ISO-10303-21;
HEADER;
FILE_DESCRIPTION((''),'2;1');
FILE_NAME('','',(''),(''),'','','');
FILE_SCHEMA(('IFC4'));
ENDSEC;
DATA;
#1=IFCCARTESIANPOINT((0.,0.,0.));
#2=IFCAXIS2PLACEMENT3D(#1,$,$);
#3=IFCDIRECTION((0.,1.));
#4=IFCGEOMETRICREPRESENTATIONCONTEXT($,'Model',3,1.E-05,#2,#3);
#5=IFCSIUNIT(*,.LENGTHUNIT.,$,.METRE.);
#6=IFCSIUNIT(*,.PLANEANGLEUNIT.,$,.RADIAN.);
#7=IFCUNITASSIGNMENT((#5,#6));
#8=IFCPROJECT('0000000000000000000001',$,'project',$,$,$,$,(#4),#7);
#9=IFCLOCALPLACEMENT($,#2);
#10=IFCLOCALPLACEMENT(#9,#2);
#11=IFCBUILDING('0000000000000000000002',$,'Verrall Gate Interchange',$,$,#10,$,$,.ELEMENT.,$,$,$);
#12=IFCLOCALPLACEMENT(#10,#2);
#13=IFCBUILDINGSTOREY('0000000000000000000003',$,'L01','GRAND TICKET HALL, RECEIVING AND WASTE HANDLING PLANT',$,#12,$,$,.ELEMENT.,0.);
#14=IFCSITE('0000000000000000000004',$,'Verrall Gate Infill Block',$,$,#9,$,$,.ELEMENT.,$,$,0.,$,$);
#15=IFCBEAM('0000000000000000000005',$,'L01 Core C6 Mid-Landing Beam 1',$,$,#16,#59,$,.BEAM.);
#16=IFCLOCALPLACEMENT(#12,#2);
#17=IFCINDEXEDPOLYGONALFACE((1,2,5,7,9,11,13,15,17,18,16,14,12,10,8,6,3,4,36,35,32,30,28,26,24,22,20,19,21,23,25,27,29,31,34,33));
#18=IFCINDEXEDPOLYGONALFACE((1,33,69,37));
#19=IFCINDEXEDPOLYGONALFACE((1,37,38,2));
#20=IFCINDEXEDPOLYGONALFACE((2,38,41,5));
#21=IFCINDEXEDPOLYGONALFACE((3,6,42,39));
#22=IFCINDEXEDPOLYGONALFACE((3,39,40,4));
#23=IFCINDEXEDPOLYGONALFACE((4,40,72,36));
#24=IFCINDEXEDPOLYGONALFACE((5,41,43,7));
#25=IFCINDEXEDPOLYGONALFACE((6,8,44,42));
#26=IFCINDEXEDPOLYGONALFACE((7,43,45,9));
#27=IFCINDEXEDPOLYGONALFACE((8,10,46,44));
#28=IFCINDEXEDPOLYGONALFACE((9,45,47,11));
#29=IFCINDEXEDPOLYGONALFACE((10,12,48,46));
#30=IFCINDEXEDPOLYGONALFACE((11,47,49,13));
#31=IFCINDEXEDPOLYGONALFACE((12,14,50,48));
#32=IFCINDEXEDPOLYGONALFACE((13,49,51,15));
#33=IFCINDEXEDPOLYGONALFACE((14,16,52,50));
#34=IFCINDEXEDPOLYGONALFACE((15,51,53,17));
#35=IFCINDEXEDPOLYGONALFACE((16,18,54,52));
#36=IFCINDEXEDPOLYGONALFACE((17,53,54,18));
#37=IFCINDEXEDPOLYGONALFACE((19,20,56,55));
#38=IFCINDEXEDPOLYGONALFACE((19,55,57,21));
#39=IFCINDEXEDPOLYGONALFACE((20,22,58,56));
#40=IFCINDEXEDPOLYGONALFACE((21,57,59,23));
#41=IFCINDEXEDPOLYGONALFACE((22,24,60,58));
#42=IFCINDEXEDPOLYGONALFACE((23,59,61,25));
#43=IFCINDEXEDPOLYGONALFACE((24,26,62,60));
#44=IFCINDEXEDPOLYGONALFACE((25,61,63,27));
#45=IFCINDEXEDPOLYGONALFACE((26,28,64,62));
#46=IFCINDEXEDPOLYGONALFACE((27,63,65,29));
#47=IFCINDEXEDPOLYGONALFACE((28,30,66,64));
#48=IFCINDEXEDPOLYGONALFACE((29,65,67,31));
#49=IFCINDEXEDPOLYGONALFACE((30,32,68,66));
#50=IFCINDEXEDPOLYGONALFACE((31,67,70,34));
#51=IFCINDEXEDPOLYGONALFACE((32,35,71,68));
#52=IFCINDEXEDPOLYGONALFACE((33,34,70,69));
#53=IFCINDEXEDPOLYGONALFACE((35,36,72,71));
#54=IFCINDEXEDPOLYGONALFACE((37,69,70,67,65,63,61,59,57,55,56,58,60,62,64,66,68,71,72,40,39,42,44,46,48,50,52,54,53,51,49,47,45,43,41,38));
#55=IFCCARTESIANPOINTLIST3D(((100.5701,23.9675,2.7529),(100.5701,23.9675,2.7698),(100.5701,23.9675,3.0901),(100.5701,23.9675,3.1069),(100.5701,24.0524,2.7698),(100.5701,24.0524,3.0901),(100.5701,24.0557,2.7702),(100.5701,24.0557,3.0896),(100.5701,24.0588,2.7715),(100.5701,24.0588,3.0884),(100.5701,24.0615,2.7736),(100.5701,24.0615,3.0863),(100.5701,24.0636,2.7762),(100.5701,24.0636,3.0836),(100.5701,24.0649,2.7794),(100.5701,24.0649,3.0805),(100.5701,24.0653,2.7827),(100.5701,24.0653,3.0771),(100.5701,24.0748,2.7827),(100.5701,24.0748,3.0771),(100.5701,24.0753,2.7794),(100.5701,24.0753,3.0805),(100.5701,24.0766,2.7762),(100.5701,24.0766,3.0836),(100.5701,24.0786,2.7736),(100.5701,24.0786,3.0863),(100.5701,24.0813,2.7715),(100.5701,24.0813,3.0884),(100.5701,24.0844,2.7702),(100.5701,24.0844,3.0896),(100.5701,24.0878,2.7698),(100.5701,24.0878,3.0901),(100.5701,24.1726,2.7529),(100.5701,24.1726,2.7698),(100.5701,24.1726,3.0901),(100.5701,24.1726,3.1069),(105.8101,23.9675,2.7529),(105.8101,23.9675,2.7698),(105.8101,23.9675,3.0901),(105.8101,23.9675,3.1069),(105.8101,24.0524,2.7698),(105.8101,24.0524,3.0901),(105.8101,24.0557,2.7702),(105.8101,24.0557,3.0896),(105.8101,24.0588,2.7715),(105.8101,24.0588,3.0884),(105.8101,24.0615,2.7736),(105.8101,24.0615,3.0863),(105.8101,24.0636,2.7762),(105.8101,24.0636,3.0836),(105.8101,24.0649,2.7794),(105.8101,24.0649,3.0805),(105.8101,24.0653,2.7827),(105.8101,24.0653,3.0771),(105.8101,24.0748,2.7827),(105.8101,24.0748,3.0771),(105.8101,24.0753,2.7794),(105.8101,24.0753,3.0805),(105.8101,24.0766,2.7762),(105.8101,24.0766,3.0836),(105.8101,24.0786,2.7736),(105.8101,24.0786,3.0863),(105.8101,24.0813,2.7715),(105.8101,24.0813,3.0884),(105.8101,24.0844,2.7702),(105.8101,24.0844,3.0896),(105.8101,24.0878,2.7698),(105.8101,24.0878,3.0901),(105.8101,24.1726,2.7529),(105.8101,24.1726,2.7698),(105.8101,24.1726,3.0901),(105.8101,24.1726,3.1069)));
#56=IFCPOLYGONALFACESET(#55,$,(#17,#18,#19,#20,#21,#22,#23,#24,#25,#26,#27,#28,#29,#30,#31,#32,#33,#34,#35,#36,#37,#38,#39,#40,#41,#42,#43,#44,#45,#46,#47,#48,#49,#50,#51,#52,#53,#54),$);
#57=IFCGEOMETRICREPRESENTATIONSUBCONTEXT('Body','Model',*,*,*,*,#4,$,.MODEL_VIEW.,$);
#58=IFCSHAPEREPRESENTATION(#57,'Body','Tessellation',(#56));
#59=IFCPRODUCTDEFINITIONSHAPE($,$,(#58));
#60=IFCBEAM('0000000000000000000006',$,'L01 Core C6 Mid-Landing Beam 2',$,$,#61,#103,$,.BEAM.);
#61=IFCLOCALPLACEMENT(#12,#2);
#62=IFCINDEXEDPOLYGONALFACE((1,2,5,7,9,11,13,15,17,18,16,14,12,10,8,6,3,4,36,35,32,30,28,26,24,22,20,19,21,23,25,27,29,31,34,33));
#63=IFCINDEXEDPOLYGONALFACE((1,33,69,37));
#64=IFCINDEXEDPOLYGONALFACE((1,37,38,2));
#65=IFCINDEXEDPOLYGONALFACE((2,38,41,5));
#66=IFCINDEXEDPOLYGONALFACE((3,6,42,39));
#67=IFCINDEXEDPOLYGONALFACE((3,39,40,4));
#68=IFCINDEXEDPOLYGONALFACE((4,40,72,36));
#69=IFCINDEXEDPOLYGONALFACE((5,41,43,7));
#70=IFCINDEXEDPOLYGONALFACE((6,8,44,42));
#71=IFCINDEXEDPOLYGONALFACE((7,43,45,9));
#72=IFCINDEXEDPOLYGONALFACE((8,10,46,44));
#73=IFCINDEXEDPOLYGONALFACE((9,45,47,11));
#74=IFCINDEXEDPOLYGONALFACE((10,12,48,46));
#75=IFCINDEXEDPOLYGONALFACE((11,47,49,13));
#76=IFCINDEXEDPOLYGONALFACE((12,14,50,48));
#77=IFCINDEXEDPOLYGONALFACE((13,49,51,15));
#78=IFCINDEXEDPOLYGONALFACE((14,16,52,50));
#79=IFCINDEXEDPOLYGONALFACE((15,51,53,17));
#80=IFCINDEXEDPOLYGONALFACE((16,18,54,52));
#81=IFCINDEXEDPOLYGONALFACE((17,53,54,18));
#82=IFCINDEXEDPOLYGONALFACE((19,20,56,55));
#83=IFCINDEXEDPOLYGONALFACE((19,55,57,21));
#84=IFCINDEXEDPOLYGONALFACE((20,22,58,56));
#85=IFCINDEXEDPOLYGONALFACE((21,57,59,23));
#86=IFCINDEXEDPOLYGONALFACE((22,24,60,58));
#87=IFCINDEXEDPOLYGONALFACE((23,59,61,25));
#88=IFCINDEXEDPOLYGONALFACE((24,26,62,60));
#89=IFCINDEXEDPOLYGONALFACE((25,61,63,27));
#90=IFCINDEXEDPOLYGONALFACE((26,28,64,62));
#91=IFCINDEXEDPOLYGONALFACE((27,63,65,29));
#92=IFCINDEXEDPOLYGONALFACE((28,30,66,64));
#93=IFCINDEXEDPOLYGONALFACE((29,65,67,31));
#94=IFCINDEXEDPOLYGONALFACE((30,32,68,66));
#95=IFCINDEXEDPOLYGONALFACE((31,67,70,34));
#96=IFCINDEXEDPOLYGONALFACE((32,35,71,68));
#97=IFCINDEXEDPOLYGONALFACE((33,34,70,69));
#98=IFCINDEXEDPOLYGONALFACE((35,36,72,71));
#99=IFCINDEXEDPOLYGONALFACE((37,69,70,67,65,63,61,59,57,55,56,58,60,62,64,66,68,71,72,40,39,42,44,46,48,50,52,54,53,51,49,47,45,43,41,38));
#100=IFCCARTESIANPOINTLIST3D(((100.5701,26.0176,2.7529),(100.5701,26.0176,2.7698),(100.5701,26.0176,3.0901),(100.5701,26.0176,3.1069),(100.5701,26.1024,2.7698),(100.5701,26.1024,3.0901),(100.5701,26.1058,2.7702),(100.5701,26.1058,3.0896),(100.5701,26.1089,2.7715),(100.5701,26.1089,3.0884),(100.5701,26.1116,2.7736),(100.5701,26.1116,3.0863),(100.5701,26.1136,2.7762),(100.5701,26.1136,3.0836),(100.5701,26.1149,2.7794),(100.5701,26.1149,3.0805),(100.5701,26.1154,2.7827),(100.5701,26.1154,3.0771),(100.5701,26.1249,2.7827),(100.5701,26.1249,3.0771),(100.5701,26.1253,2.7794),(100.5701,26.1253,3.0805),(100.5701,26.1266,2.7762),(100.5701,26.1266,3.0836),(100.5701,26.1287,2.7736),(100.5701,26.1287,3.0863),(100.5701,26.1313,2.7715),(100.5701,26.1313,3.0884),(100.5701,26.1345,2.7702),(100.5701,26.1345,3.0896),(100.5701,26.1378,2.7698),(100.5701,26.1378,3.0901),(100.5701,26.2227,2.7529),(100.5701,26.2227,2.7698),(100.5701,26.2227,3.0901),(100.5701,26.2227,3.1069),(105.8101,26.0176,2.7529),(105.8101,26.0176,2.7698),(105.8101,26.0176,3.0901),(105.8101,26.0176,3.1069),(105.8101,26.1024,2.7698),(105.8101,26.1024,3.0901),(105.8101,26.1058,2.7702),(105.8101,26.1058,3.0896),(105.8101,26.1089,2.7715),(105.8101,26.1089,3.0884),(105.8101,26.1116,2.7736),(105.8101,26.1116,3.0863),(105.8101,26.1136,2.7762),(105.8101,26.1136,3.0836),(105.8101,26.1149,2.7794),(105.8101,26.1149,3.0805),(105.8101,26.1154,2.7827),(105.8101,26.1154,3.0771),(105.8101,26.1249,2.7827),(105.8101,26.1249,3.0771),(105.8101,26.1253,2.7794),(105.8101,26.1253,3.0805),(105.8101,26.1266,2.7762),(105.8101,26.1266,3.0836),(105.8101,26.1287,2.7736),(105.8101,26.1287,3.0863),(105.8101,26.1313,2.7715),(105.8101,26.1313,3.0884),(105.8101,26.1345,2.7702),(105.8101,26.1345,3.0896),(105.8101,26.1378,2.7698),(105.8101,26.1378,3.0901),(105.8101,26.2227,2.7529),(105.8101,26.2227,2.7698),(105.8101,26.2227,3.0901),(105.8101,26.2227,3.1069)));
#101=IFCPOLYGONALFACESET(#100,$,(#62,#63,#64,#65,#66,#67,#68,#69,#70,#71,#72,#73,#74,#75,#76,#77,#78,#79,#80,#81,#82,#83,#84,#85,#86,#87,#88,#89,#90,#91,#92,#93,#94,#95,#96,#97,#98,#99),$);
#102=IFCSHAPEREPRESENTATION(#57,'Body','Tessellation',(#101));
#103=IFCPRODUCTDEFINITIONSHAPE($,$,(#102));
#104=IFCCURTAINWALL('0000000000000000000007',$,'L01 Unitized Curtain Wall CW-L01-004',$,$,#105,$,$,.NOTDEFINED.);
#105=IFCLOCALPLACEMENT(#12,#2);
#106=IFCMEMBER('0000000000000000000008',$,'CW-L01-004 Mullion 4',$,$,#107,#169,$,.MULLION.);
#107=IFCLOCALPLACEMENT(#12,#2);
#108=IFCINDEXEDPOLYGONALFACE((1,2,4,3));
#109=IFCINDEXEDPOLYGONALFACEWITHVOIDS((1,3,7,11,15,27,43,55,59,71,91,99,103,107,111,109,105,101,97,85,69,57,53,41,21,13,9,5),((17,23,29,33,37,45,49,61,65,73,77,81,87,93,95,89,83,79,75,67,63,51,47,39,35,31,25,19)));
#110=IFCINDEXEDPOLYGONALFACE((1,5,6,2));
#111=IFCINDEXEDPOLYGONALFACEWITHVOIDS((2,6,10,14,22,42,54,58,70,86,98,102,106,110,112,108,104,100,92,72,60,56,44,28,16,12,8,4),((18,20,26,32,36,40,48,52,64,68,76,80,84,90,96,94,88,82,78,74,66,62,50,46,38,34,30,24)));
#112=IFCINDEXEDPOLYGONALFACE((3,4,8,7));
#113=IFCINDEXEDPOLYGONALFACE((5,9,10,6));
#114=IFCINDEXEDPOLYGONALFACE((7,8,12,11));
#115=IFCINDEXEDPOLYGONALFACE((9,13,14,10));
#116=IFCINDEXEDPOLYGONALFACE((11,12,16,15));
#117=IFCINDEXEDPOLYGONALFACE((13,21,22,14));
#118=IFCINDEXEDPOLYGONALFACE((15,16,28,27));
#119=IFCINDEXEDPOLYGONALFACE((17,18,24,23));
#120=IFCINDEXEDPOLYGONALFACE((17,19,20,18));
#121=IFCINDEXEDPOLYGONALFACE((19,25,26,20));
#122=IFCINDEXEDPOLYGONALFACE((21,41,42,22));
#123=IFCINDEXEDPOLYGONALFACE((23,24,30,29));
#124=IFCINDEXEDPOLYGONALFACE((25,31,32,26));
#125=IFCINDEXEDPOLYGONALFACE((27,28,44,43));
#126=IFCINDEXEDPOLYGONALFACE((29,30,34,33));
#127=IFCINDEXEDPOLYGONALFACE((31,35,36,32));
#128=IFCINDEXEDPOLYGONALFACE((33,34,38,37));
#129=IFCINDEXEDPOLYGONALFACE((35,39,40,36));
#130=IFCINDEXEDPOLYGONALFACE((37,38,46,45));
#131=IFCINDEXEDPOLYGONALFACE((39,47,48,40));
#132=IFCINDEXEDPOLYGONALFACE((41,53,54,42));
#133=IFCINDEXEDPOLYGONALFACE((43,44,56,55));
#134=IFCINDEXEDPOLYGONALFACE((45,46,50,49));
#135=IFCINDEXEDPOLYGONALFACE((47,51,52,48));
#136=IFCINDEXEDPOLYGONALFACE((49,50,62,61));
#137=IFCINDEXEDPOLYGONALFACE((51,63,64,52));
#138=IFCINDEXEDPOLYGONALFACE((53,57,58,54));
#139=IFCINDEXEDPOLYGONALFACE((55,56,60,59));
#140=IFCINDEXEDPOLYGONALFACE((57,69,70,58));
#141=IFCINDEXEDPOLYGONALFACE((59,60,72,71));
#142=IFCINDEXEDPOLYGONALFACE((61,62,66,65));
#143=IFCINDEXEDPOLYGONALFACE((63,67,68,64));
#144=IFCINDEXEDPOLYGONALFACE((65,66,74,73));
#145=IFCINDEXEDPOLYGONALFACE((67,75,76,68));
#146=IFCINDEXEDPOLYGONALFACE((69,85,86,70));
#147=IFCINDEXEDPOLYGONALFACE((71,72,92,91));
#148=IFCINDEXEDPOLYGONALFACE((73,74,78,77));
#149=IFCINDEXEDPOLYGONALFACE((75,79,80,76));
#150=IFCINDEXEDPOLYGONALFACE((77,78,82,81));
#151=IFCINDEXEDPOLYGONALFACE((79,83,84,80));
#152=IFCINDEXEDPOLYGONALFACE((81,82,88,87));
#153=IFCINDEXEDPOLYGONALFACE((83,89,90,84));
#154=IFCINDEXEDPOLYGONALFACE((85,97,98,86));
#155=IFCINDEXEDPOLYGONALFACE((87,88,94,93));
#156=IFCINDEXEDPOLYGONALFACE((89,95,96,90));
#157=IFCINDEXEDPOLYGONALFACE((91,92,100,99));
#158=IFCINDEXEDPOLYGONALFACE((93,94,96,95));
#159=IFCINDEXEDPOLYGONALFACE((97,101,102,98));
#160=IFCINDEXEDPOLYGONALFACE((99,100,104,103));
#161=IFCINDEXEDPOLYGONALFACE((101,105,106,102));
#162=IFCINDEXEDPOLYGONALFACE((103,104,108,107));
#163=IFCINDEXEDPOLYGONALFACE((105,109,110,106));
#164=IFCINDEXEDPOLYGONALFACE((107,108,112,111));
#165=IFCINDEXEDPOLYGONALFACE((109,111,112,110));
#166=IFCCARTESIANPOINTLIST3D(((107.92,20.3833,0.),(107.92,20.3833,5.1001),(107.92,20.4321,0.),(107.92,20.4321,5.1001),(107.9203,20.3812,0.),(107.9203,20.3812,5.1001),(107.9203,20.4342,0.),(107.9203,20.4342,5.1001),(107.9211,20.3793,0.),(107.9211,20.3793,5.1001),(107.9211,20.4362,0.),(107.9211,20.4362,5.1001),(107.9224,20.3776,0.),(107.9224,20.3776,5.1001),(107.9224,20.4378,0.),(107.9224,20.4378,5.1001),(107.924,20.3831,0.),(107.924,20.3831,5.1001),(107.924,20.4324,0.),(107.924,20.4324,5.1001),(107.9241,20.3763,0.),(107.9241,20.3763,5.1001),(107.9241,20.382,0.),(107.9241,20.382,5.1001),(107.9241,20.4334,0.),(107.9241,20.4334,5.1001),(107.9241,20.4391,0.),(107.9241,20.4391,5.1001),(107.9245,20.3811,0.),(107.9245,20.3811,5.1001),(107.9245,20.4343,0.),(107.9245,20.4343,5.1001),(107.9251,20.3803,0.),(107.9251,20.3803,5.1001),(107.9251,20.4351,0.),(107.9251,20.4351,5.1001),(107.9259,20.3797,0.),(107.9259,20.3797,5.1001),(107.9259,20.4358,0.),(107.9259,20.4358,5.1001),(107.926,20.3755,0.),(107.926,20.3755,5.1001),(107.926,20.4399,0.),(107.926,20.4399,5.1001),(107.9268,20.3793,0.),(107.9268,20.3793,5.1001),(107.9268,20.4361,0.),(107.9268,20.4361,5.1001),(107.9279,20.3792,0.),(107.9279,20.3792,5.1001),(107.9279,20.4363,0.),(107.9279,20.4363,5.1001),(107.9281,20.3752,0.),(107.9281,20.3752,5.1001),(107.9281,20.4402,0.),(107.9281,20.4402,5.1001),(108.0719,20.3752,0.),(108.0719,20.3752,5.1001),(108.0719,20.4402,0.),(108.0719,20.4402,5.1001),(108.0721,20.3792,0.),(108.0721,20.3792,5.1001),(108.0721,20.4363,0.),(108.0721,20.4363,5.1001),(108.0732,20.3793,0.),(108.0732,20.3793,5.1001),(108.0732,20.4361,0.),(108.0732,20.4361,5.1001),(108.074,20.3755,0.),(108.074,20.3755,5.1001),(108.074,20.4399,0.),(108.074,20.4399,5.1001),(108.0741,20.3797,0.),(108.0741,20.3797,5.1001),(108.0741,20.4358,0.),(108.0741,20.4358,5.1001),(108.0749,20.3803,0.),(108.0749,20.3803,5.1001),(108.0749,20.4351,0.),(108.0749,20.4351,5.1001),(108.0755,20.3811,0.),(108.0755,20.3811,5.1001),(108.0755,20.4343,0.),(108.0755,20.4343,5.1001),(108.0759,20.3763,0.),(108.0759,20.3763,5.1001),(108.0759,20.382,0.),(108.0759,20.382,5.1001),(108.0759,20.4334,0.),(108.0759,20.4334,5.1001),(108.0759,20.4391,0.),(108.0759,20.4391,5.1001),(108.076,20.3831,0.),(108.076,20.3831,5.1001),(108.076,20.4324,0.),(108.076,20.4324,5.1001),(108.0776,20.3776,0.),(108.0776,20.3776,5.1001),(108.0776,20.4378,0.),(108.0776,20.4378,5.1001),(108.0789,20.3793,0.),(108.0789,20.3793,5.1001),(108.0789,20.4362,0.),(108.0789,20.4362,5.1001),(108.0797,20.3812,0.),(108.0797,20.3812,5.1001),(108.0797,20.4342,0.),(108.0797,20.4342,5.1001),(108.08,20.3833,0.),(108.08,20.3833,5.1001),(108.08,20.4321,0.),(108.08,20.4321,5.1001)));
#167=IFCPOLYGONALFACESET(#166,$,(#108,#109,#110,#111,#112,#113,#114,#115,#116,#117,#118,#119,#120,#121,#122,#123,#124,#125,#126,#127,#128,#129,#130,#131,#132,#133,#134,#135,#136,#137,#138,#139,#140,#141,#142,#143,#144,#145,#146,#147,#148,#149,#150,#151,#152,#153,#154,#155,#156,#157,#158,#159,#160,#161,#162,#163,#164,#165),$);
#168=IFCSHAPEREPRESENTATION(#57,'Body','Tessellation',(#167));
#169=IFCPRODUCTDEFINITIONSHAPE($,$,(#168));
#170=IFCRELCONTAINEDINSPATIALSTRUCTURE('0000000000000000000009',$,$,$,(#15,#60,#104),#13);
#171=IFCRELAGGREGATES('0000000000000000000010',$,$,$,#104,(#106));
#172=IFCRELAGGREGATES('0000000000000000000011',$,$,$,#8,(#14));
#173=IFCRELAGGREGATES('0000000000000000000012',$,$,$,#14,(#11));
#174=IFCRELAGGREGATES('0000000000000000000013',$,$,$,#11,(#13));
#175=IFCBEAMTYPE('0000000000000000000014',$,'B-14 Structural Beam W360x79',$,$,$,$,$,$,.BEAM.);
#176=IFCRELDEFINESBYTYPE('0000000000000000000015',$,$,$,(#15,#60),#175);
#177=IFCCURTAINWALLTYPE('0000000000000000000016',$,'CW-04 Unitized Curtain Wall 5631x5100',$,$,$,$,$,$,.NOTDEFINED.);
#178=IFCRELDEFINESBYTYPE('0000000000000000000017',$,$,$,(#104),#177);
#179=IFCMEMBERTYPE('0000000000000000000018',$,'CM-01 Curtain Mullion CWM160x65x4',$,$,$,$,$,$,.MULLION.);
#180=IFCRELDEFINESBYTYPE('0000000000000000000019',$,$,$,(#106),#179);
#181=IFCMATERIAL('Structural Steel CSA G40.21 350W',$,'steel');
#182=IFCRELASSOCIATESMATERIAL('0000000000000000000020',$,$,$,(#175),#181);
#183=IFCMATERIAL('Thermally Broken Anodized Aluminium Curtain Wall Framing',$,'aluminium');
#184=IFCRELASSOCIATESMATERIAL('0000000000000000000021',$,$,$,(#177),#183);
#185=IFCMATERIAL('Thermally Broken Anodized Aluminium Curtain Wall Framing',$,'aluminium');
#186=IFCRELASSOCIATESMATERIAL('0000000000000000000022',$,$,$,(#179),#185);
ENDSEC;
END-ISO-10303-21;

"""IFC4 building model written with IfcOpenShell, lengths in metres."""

from ifc_helpers import new_model, si_unit, direction, frame, origin, origin_2d, place, context, subcontext, project, spatial, hollow_rectangle, i_section, extrude, material, material_profile, profile_set, type_object, element, aggregate, save


model = new_model("IFC4")

# Units and contexts
model_context = context("Model", 3, precision=1e-05, world=origin(), true_north=direction((0.0, 1.0)))
body_context = subcontext(model_context, "Body", "Model", "MODEL_VIEW")
ifc_project = project(units=[si_unit("LENGTHUNIT", "METRE"), si_unit("PLANEANGLEUNIT", "RADIAN")], contexts=[model_context])

# Site, building, storey
site_placement = place(None, origin())
site = spatial("IfcSite", under=ifc_project, at=site_placement, Name="Verrall Gate Infill Block", CompositionType="ELEMENT", RefElevation=0.0)
building_placement = place(site_placement, origin())
building = spatial("IfcBuilding", under=site, at=building_placement, Name="Verrall Gate Interchange", CompositionType="ELEMENT")
storey_placement = place(building_placement, origin())
storey = spatial("IfcBuildingStorey", under=building, at=storey_placement, Name="L01", Description="GRAND TICKET HALL, RECEIVING AND WASTE HANDLING PLANT", CompositionType="ELEMENT", Elevation=0.0)

# Beams
ifc_material_1 = material(Name="Structural Steel CSA G40.21 350W", Category="steel")
ifc_material_profile_1 = material_profile(ifc_material_1, i_section(OverallWidth=0.2051, OverallDepth=0.354, WebThickness=0.0095, FlangeThickness=0.0168, FilletRadius=0.0129, at=origin_2d()), Name="W360x79")
ifc_profile_set_1 = profile_set([ifc_material_profile_1], Name="Structural Steel CSA G40.21 350W")
beam_type_1 = type_object("IfcBeamType", Name="B-14 Structural Beam W360x79", PredefinedType="BEAM", material=ifc_profile_set_1)
for number, where, z_axis, x_axis, name in (
    (1, (100.5701, 24.0701, 2.9299), (1.0, 0.0, 0.0), (0.0, 1.0, 0.0), "L01 Core C6 Mid-Landing Beam 1"),
    (2, (100.5701, 26.1201, 2.9299), (1.0, 0.0, 0.0), (0.0, 1.0, 0.0), "L01 Core C6 Mid-Landing Beam 2"),
):
    element("IfcBeam", number, at=place(storey_placement, frame(where, z_axis=z_axis, x_axis=x_axis)), inside=storey, type_object=beam_type_1, Name=name, PredefinedType="BEAM", context=body_context, shape_type="SweptSolid", body=[
        extrude(i_section(OverallWidth=0.2051, OverallDepth=0.354, WebThickness=0.0095, FlangeThickness=0.0168, FilletRadius=0.0129, at=origin_2d()), origin(), (0.0, 0.0, 1.0), 5.24),
    ])

# Curtain wall, member
ifc_material_2 = material(Name="Thermally Broken Anodized Aluminium Curtain Wall Framing", Category="aluminium")
curtain_wall_type = type_object("IfcCurtainWallType", Name="CW-04 Unitized Curtain Wall 5631x5100", PredefinedType="NOTDEFINED", material=ifc_material_2)
curtain_wall_placement = place(storey_placement, origin())
curtain_wall = element("IfcCurtainWall", 3, at=curtain_wall_placement, inside=storey, type_object=curtain_wall_type, Name="L01 Unitized Curtain Wall CW-L01-004", PredefinedType="NOTDEFINED")
ifc_material_3 = material(Name="Thermally Broken Anodized Aluminium Curtain Wall Framing", Category="aluminium")
ifc_material_profile_2 = material_profile(ifc_material_3, hollow_rectangle(XDim=0.0649, YDim=0.1599, WallThickness=0.0039, InnerFilletRadius=0.0039, OuterFilletRadius=0.0081, at=origin_2d()), Name="CWM160x65x4")
ifc_profile_set_2 = profile_set([ifc_material_profile_2], Name="Thermally Broken Anodized Aluminium Curtain Wall Framing")
member_type = type_object("IfcMemberType", Name="CM-01 Curtain Mullion CWM160x65x4", PredefinedType="MULLION", material=ifc_profile_set_2)
member_1_placement = place(storey_placement, frame((108.0, 20.4077, 0.0), z_axis=(0.0, 0.0, 1.0), x_axis=(0.0, 1.0, 0.0)))
member_1 = element("IfcMember", 4, at=member_1_placement, type_object=member_type, Name="CW-L01-004 Mullion 4", PredefinedType="MULLION", context=body_context, shape_type="SweptSolid", body=[
    extrude(hollow_rectangle(XDim=0.0649, YDim=0.1599, WallThickness=0.0039, InnerFilletRadius=0.0039, OuterFilletRadius=0.0081, at=origin_2d()), origin(), (0.0, 0.0, 1.0), 5.1001),
])

aggregate(curtain_wall, [member_1])

save(model, "model.ifc")
